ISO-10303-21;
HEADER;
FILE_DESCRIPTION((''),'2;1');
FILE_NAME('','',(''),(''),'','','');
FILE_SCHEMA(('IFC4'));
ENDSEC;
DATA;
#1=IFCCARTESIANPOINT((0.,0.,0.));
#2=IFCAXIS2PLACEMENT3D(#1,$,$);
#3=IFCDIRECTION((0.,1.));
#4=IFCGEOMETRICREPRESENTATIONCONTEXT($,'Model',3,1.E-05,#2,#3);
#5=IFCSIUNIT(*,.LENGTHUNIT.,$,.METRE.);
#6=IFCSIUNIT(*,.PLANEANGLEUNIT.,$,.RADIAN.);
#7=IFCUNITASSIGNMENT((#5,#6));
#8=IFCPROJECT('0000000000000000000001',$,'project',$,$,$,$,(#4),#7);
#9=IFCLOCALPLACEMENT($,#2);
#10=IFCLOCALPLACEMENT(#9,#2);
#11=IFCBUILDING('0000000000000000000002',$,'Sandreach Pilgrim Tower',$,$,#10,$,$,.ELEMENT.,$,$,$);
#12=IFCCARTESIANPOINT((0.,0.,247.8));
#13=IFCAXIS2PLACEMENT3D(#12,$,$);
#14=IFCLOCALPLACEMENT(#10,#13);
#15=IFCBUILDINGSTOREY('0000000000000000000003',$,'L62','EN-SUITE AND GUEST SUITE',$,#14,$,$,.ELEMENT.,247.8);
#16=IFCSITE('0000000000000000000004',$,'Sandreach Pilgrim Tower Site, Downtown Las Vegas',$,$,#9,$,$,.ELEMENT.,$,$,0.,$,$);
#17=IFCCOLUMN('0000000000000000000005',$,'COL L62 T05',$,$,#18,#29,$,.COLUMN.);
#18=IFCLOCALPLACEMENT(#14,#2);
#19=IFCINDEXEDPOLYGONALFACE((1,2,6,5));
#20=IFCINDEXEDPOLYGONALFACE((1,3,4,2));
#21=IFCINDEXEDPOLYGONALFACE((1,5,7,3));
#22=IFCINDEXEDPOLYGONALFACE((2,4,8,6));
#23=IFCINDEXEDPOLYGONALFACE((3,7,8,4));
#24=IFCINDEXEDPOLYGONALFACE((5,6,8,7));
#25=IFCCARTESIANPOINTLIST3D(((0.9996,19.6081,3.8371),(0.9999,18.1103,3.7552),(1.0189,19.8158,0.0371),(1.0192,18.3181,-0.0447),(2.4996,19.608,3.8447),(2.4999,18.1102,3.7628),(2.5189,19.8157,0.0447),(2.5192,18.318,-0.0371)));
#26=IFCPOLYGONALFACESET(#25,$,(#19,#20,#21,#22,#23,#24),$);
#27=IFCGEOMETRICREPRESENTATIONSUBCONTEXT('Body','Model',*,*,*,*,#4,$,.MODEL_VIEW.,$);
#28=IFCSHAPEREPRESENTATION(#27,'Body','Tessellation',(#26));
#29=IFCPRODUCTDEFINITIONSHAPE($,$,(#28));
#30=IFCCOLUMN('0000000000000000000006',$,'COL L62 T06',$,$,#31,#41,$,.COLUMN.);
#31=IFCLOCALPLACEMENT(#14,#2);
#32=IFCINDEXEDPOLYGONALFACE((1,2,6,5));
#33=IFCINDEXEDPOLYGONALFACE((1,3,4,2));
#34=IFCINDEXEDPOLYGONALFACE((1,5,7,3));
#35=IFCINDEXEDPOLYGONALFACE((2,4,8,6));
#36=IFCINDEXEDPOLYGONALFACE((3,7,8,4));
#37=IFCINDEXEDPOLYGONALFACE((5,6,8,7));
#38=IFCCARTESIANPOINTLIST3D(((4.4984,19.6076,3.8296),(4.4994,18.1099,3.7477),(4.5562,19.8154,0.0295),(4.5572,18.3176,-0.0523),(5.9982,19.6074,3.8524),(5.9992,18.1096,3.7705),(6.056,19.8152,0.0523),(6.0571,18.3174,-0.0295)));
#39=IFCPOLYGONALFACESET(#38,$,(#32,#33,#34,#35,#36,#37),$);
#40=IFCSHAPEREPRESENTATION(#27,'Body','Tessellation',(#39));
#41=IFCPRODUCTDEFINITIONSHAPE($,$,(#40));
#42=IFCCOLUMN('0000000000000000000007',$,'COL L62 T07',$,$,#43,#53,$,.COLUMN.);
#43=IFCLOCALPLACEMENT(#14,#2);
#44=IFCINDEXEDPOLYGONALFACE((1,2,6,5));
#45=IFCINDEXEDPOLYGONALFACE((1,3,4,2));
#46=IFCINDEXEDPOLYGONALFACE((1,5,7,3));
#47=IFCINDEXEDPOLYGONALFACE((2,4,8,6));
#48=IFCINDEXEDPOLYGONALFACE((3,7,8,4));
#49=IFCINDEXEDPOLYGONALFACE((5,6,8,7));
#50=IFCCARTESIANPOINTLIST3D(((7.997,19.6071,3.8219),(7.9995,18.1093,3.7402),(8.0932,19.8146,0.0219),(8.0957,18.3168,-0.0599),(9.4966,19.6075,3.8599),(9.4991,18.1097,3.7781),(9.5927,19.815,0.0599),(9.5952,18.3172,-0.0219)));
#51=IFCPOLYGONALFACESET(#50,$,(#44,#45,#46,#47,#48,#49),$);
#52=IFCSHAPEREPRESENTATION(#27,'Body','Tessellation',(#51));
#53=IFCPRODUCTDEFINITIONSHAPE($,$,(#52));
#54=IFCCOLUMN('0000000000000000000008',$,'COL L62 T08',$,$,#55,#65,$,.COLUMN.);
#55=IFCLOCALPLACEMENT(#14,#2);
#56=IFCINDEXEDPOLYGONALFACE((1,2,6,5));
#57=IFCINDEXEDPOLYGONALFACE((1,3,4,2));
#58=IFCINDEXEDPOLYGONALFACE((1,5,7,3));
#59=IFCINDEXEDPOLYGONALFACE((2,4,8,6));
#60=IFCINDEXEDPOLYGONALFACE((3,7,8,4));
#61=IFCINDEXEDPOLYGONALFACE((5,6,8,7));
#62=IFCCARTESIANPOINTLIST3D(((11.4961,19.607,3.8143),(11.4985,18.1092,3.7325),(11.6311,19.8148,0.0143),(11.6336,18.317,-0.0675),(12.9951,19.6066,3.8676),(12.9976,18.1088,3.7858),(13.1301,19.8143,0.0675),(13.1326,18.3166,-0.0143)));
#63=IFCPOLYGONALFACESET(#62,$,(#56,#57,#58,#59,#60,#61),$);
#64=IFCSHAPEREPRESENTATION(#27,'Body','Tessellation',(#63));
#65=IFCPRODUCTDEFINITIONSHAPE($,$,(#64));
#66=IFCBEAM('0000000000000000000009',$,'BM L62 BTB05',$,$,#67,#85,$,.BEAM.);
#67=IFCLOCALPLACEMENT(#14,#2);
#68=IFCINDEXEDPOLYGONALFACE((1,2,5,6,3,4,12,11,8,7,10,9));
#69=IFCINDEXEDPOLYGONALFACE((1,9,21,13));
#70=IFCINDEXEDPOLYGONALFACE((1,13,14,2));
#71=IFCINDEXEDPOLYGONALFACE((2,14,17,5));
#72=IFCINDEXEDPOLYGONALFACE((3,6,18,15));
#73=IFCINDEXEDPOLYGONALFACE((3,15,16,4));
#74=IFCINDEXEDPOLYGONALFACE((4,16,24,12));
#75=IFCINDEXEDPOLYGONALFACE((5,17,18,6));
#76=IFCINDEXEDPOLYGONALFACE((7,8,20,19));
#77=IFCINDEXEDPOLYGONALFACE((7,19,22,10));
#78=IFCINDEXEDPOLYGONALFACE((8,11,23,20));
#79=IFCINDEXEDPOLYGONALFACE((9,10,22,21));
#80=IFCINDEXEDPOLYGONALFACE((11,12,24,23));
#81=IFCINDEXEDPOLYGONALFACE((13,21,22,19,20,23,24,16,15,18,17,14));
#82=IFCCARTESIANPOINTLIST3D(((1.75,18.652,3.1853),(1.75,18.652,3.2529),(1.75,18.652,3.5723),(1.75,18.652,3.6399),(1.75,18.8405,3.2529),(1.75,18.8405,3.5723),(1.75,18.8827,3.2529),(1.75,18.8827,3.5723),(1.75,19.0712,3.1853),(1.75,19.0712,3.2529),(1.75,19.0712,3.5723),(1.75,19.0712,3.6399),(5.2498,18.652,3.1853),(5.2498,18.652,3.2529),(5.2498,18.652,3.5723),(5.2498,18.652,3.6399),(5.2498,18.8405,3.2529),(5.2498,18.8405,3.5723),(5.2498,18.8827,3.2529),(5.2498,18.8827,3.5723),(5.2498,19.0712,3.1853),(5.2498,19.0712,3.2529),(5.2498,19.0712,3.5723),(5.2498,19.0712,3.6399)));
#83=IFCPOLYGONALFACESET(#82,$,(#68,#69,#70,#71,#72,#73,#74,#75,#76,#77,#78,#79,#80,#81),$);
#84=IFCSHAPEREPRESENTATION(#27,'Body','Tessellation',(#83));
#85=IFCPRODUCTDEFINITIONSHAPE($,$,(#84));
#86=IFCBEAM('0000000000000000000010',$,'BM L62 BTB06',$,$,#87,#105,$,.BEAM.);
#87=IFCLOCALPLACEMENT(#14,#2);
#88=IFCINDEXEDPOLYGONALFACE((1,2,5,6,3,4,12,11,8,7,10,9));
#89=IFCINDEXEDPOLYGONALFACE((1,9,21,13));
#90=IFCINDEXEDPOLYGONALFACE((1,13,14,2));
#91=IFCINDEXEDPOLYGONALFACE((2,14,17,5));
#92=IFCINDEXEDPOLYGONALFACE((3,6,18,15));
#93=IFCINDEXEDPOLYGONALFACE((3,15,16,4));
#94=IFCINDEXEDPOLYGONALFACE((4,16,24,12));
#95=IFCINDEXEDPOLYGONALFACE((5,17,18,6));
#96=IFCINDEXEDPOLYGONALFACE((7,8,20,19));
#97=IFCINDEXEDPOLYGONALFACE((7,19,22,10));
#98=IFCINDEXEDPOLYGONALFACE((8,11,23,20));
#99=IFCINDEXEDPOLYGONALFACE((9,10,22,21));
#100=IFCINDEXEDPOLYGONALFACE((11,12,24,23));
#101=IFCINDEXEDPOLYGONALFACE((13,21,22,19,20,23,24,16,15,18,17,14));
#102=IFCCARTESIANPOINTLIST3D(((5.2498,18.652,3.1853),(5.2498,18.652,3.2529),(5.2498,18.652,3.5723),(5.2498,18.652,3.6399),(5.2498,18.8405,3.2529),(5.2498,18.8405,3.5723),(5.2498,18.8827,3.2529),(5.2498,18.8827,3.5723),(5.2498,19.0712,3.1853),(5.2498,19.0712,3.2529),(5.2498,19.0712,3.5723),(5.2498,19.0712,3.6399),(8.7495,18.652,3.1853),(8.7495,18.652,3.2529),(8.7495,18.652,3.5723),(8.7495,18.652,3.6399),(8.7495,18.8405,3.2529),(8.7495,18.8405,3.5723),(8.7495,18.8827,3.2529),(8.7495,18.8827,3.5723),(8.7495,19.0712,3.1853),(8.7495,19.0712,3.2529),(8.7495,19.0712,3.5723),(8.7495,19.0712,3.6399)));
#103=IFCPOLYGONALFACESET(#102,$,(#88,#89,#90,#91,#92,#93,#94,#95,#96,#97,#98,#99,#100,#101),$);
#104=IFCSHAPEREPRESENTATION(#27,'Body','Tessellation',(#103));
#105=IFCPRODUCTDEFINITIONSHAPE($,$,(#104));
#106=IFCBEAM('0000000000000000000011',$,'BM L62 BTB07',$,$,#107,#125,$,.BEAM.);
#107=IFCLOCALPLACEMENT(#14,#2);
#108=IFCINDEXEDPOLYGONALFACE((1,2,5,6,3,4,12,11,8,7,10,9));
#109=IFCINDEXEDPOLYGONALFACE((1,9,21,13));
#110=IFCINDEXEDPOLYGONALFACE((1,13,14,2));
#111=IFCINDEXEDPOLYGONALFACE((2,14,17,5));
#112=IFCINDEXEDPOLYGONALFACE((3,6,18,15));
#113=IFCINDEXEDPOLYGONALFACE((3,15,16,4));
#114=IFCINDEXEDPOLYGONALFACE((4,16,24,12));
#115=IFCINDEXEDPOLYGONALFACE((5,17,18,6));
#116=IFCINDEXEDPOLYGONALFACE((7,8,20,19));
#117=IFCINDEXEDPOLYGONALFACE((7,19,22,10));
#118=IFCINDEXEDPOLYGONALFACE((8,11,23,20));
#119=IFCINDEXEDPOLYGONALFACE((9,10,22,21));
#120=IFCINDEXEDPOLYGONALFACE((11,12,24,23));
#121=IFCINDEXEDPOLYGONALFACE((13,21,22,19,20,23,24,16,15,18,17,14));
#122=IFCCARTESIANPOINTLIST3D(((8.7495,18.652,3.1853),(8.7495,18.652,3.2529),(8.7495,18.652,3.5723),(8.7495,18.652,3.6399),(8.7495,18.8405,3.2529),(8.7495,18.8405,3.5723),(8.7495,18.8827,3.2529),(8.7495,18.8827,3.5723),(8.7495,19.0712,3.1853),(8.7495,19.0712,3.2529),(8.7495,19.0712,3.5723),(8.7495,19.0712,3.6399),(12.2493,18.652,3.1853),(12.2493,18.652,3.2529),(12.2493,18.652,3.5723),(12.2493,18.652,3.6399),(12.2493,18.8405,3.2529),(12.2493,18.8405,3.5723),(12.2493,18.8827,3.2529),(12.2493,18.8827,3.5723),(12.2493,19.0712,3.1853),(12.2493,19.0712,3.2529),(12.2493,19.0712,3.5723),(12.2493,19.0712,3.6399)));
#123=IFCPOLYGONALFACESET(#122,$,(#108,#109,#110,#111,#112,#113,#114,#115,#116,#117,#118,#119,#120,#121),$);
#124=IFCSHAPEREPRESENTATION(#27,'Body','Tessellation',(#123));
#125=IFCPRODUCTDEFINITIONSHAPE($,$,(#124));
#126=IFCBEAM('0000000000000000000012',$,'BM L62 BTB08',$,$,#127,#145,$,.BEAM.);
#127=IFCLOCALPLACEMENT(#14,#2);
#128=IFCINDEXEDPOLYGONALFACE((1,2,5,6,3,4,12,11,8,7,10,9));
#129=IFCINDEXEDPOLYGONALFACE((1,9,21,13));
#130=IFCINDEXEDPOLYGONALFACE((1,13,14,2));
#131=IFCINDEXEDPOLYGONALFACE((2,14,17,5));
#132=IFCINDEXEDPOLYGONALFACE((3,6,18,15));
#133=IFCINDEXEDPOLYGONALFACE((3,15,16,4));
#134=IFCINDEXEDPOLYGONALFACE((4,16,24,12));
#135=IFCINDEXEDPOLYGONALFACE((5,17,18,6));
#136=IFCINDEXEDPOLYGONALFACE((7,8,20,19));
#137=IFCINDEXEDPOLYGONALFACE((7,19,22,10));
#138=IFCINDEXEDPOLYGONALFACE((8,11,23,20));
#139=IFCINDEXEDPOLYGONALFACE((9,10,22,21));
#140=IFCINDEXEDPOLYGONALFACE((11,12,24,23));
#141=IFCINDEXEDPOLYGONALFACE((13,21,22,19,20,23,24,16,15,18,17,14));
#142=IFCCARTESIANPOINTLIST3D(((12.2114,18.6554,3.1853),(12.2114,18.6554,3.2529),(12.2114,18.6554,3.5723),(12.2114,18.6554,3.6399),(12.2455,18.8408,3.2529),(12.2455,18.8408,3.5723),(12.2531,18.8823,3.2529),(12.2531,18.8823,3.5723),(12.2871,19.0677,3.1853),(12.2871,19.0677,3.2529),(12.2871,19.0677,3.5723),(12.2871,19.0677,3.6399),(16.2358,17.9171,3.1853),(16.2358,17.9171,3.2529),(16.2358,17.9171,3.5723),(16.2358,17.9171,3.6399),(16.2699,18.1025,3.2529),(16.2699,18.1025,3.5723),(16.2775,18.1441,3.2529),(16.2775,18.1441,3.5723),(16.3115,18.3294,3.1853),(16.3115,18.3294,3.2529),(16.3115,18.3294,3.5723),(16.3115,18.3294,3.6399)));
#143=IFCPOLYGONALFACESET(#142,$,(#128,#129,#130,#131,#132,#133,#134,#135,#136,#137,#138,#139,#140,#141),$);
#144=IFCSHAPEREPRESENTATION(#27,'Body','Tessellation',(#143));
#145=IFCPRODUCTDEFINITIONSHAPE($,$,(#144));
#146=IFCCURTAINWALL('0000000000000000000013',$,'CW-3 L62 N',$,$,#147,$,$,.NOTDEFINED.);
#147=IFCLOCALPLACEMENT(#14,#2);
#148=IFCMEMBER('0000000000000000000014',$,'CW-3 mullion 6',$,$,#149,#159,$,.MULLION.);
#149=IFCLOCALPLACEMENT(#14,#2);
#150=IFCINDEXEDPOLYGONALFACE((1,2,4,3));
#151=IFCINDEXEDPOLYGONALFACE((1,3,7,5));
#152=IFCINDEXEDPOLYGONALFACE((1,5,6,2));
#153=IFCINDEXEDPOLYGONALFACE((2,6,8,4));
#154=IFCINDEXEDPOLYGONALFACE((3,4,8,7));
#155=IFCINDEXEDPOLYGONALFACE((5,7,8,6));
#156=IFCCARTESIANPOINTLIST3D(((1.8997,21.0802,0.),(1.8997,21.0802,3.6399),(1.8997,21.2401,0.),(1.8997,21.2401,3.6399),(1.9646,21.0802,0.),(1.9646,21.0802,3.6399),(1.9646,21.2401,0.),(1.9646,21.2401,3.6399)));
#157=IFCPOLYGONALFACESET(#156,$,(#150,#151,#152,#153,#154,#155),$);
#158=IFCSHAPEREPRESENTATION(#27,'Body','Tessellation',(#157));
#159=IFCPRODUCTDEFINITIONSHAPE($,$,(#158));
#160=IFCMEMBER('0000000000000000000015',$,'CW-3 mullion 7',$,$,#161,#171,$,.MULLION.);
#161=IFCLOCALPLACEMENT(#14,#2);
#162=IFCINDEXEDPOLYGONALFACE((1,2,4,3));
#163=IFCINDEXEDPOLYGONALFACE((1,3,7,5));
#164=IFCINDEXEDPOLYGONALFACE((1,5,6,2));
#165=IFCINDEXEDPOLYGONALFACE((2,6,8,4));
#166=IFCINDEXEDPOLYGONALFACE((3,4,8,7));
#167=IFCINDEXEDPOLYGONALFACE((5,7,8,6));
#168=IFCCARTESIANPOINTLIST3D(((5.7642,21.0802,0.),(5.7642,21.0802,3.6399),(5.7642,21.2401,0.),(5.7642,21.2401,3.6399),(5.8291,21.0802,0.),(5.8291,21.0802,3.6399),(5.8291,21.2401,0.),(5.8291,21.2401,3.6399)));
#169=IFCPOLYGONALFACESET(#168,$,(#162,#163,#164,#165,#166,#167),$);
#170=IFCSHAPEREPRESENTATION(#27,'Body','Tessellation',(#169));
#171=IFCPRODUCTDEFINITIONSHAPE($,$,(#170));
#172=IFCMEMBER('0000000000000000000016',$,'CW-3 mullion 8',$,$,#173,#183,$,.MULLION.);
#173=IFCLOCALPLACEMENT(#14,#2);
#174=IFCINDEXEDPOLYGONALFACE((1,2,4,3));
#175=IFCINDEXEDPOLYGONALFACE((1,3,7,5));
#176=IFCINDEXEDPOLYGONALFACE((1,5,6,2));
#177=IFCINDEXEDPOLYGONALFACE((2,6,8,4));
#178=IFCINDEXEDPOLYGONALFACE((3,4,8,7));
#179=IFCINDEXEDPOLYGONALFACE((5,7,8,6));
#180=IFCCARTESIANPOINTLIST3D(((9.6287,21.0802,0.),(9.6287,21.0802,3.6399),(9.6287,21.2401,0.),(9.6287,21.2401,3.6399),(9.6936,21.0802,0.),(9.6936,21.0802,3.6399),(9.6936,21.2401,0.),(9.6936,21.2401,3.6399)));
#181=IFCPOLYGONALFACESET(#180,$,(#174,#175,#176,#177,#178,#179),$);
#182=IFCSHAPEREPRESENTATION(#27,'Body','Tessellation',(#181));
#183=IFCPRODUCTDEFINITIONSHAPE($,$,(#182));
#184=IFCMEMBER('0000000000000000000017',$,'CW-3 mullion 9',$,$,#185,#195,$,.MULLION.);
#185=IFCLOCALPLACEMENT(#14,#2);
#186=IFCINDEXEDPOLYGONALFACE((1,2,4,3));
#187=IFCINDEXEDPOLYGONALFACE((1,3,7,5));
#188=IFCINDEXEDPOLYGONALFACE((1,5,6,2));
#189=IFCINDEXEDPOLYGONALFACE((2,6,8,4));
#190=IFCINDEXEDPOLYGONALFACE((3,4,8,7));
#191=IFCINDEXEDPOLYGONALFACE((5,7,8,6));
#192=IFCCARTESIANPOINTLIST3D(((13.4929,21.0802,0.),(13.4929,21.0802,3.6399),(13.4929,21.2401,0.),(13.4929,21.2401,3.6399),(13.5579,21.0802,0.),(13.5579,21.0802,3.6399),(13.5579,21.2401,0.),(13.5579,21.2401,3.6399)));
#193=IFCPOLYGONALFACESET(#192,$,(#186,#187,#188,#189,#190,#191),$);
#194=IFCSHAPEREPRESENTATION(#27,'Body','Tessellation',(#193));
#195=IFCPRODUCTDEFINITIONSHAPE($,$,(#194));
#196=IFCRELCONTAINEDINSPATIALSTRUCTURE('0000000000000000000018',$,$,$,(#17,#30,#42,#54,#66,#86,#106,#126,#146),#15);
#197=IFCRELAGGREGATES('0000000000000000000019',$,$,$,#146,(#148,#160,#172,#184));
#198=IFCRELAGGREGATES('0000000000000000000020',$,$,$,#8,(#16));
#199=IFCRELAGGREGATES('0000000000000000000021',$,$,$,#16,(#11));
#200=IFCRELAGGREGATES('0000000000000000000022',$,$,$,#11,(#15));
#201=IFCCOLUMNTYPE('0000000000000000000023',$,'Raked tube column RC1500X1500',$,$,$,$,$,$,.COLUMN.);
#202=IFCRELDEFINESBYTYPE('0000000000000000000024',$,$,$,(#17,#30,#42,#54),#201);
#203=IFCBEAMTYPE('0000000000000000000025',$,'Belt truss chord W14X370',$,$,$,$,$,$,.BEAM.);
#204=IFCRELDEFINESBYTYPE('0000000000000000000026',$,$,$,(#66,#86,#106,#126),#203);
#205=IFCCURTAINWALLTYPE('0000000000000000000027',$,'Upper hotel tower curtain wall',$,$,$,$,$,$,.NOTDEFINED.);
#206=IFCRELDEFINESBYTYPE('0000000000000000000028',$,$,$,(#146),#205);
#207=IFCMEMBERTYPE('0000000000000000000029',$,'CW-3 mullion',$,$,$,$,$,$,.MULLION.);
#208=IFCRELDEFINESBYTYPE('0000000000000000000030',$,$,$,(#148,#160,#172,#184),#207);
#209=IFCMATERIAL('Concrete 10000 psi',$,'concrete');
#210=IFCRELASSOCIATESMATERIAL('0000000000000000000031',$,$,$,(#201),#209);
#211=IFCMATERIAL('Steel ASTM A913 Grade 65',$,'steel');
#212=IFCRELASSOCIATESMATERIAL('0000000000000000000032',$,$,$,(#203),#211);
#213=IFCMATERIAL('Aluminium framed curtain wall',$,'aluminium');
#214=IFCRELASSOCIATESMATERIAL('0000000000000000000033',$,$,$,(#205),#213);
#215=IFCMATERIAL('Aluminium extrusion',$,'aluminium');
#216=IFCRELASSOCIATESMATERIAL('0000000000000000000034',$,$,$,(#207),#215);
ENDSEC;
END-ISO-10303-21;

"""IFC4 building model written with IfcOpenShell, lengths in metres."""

from ifc_helpers import new_model, si_unit, direction, frame, origin, origin_2d, place, context, subcontext, project, spatial, rectangle, i_section, extrude, material, material_profile, profile_set, type_object, element, aggregate, save


model = new_model("IFC4")

# Units and contexts
model_context = context("Model", 3, precision=1e-05, world=origin(), true_north=direction((0.0, 1.0)))
body_context = subcontext(model_context, "Body", "Model", "MODEL_VIEW")
ifc_project = project(units=[si_unit("LENGTHUNIT", "METRE"), si_unit("PLANEANGLEUNIT", "RADIAN")], contexts=[model_context])

# Site, building, storey
site_placement = place(None, origin())
site = spatial("IfcSite", under=ifc_project, at=site_placement, Name="Sandreach Pilgrim Tower Site, Downtown Las Vegas", CompositionType="ELEMENT", RefElevation=0.0)
building_placement = place(site_placement, origin())
building = spatial("IfcBuilding", under=site, at=building_placement, Name="Sandreach Pilgrim Tower", CompositionType="ELEMENT")
storey_placement = place(building_placement, frame((0.0, 0.0, 247.8)))
storey = spatial("IfcBuildingStorey", under=building, at=storey_placement, Name="L62", Description="EN-SUITE AND GUEST SUITE", CompositionType="ELEMENT", Elevation=247.8)

# Columns
ifc_material_1 = material(Name="Concrete 10000 psi", Category="concrete")
ifc_material_profile_1 = material_profile(ifc_material_1, rectangle(XDim=1.5, YDim=1.5, at=origin_2d()), Name="RC1500X1500")
ifc_profile_set_1 = profile_set([ifc_material_profile_1], Name="Concrete 10000 psi")
column_type = type_object("IfcColumnType", Name="Raked tube column RC1500X1500", PredefinedType="COLUMN", material=ifc_profile_set_1)
column_1_placement = place(storey_placement, frame((1.769, 19.0669, 0.0), z_axis=(-0.005068, -0.054592, 0.998496), x_axis=(-0.000221, 0.998509, 0.054591)))
element("IfcColumn", 1, at=column_1_placement, inside=storey, type_object=column_type, Name="COL L62 T05", PredefinedType="COLUMN", context=body_context, shape_type="SweptSolid", body=[
    extrude(rectangle(XDim=1.5, YDim=1.5, at=origin_2d()), origin(), (0.0, 0.0, 1.0), 3.8057),
])
column_2_placement = place(storey_placement, frame((5.3066, 19.0664, 0.0), z_axis=(-0.015202, -0.054586, 0.998393), x_axis=(-0.000674, 0.998509, 0.054582)))
element("IfcColumn", 2, at=column_2_placement, inside=storey, type_object=column_type, Name="COL L62 T06", PredefinedType="COLUMN", context=body_context, shape_type="SweptSolid", body=[
    extrude(rectangle(XDim=1.5, YDim=1.5, at=origin_2d()), origin(), (0.0, 0.0, 1.0), 3.8062),
])
column_3_placement = place(storey_placement, frame((8.8442, 19.0659, 0.0), z_axis=(-0.025267, -0.054511, 0.998193), x_axis=(-0.001668, 0.998513, 0.054486)))
element("IfcColumn", 3, at=column_3_placement, inside=storey, type_object=column_type, Name="COL L62 T07", PredefinedType="COLUMN", context=body_context, shape_type="SweptSolid", body=[
    extrude(rectangle(XDim=1.5, YDim=1.5, at=origin_2d()), origin(), (0.0, 0.0, 1.0), 3.8069),
])
column_4_placement = place(storey_placement, frame((12.3818, 19.0657, 0.0), z_axis=(-0.035453, -0.054558, 0.997881), x_axis=(-0.001659, 0.998511, 0.054534)))
element("IfcColumn", 4, at=column_4_placement, inside=storey, type_object=column_type, Name="COL L62 T08", PredefinedType="COLUMN", context=body_context, shape_type="SweptSolid", body=[
    extrude(rectangle(XDim=1.5, YDim=1.5, at=origin_2d()), origin(), (0.0, 0.0, 1.0), 3.8081),
])

# Beams
ifc_material_2 = material(Name="Steel ASTM A913 Grade 65", Category="steel")
ifc_material_profile_2 = material_profile(ifc_material_2, i_section(OverallWidth=0.4192, OverallDepth=0.4546, WebThickness=0.0422, FlangeThickness=0.0676, at=origin_2d()), Name="W14X370")
ifc_profile_set_2 = profile_set([ifc_material_profile_2], Name="Steel ASTM A913 Grade 65")
beam_type_1 = type_object("IfcBeamType", Name="Belt truss chord W14X370", PredefinedType="BEAM", material=ifc_profile_set_2)
for number, where, z_axis, x_axis, name in (
    (5, (1.75, 18.8616, 3.4126), (1.0, 0.0, 0.0), (0.0, 1.0, 0.0), "BM L62 BTB05"),
    (6, (5.2498, 18.8616, 3.4126), (1.0, 0.0, 0.0), (0.0, 1.0, 0.0), "BM L62 BTB06"),
    (7, (8.7495, 18.8616, 3.4126), (1.0, 0.0, 0.0), (0.0, 1.0, 0.0), "BM L62 BTB07"),
):
    element("IfcBeam", number, at=place(storey_placement, frame(where, z_axis=z_axis, x_axis=x_axis)), inside=storey, type_object=beam_type_1, Name=name, PredefinedType="BEAM", context=body_context, shape_type="SweptSolid", body=[
        extrude(i_section(OverallWidth=0.4192, OverallDepth=0.4546, WebThickness=0.0422, FlangeThickness=0.0676, at=origin_2d()), origin(), (0.0, 0.0, 1.0), 3.4998),
    ])
beam_1_placement = place(storey_placement, frame((12.2493, 18.8616, 3.4126), z_axis=(0.983586, -0.180439, 0.0), x_axis=(0.180439, 0.983586, 0.0)))
element("IfcBeam", 8, at=beam_1_placement, inside=storey, type_object=beam_type_1, Name="BM L62 BTB08", PredefinedType="BEAM", context=body_context, shape_type="SweptSolid", body=[
    extrude(i_section(OverallWidth=0.4192, OverallDepth=0.4546, WebThickness=0.0422, FlangeThickness=0.0676, at=origin_2d()), origin(), (0.0, 0.0, 1.0), 4.0916),
])

# Curtain wall, members
ifc_material_3 = material(Name="Aluminium framed curtain wall", Category="aluminium")
curtain_wall_type = type_object("IfcCurtainWallType", Name="Upper hotel tower curtain wall", PredefinedType="NOTDEFINED", material=ifc_material_3)
curtain_wall_placement = place(storey_placement, origin())
curtain_wall = element("IfcCurtainWall", 9, at=curtain_wall_placement, inside=storey, type_object=curtain_wall_type, Name="CW-3 L62 N", PredefinedType="NOTDEFINED")
ifc_material_4 = material(Name="Aluminium extrusion", Category="aluminium")
ifc_material_profile_3 = material_profile(ifc_material_4, rectangle(XDim=0.0649, YDim=0.1599, at=origin_2d()), Name="CW-3M 65X160")
ifc_profile_set_3 = profile_set([ifc_material_profile_3], Name="Aluminium extrusion")
member_type_1 = type_object("IfcMemberType", Name="CW-3 mullion", PredefinedType="MULLION", material=ifc_profile_set_3)
member_1_placement = place(storey_placement, frame((1.9321, 21.1602, 0.0), z_axis=(0.0, 0.0, 1.0), x_axis=(1.0, 0.0, 0.0)))
member_1 = element("IfcMember", 10, at=member_1_placement, type_object=member_type_1, Name="CW-3 mullion 6", PredefinedType="MULLION", context=body_context, shape_type="SweptSolid", body=[
    extrude(rectangle(XDim=0.0649, YDim=0.1599, at=origin_2d()), origin(), (0.0, 0.0, 1.0), 3.6399),
])
member_2_placement = place(storey_placement, frame((5.7966, 21.1602, 0.0), z_axis=(0.0, 0.0, 1.0), x_axis=(1.0, 0.0, 0.0)))
member_2 = element("IfcMember", 11, at=member_2_placement, type_object=member_type_1, Name="CW-3 mullion 7", PredefinedType="MULLION", context=body_context, shape_type="SweptSolid", body=[
    extrude(rectangle(XDim=0.0649, YDim=0.1599, at=origin_2d()), origin(), (0.0, 0.0, 1.0), 3.6399),
])
member_3_placement = place(storey_placement, frame((9.6611, 21.1602, 0.0), z_axis=(0.0, 0.0, 1.0), x_axis=(1.0, 0.0, 0.0)))
member_3 = element("IfcMember", 12, at=member_3_placement, type_object=member_type_1, Name="CW-3 mullion 8", PredefinedType="MULLION", context=body_context, shape_type="SweptSolid", body=[
    extrude(rectangle(XDim=0.0649, YDim=0.1599, at=origin_2d()), origin(), (0.0, 0.0, 1.0), 3.6399),
])
member_4_placement = place(storey_placement, frame((13.5254, 21.1602, 0.0), z_axis=(0.0, 0.0, 1.0), x_axis=(1.0, 0.0, 0.0)))
member_4 = element("IfcMember", 13, at=member_4_placement, type_object=member_type_1, Name="CW-3 mullion 9", PredefinedType="MULLION", context=body_context, shape_type="SweptSolid", body=[
    extrude(rectangle(XDim=0.0649, YDim=0.1599, at=origin_2d()), origin(), (0.0, 0.0, 1.0), 3.6399),
])

aggregate(curtain_wall, [member_1, member_2, member_3, member_4])

save(model, "model.ifc")
